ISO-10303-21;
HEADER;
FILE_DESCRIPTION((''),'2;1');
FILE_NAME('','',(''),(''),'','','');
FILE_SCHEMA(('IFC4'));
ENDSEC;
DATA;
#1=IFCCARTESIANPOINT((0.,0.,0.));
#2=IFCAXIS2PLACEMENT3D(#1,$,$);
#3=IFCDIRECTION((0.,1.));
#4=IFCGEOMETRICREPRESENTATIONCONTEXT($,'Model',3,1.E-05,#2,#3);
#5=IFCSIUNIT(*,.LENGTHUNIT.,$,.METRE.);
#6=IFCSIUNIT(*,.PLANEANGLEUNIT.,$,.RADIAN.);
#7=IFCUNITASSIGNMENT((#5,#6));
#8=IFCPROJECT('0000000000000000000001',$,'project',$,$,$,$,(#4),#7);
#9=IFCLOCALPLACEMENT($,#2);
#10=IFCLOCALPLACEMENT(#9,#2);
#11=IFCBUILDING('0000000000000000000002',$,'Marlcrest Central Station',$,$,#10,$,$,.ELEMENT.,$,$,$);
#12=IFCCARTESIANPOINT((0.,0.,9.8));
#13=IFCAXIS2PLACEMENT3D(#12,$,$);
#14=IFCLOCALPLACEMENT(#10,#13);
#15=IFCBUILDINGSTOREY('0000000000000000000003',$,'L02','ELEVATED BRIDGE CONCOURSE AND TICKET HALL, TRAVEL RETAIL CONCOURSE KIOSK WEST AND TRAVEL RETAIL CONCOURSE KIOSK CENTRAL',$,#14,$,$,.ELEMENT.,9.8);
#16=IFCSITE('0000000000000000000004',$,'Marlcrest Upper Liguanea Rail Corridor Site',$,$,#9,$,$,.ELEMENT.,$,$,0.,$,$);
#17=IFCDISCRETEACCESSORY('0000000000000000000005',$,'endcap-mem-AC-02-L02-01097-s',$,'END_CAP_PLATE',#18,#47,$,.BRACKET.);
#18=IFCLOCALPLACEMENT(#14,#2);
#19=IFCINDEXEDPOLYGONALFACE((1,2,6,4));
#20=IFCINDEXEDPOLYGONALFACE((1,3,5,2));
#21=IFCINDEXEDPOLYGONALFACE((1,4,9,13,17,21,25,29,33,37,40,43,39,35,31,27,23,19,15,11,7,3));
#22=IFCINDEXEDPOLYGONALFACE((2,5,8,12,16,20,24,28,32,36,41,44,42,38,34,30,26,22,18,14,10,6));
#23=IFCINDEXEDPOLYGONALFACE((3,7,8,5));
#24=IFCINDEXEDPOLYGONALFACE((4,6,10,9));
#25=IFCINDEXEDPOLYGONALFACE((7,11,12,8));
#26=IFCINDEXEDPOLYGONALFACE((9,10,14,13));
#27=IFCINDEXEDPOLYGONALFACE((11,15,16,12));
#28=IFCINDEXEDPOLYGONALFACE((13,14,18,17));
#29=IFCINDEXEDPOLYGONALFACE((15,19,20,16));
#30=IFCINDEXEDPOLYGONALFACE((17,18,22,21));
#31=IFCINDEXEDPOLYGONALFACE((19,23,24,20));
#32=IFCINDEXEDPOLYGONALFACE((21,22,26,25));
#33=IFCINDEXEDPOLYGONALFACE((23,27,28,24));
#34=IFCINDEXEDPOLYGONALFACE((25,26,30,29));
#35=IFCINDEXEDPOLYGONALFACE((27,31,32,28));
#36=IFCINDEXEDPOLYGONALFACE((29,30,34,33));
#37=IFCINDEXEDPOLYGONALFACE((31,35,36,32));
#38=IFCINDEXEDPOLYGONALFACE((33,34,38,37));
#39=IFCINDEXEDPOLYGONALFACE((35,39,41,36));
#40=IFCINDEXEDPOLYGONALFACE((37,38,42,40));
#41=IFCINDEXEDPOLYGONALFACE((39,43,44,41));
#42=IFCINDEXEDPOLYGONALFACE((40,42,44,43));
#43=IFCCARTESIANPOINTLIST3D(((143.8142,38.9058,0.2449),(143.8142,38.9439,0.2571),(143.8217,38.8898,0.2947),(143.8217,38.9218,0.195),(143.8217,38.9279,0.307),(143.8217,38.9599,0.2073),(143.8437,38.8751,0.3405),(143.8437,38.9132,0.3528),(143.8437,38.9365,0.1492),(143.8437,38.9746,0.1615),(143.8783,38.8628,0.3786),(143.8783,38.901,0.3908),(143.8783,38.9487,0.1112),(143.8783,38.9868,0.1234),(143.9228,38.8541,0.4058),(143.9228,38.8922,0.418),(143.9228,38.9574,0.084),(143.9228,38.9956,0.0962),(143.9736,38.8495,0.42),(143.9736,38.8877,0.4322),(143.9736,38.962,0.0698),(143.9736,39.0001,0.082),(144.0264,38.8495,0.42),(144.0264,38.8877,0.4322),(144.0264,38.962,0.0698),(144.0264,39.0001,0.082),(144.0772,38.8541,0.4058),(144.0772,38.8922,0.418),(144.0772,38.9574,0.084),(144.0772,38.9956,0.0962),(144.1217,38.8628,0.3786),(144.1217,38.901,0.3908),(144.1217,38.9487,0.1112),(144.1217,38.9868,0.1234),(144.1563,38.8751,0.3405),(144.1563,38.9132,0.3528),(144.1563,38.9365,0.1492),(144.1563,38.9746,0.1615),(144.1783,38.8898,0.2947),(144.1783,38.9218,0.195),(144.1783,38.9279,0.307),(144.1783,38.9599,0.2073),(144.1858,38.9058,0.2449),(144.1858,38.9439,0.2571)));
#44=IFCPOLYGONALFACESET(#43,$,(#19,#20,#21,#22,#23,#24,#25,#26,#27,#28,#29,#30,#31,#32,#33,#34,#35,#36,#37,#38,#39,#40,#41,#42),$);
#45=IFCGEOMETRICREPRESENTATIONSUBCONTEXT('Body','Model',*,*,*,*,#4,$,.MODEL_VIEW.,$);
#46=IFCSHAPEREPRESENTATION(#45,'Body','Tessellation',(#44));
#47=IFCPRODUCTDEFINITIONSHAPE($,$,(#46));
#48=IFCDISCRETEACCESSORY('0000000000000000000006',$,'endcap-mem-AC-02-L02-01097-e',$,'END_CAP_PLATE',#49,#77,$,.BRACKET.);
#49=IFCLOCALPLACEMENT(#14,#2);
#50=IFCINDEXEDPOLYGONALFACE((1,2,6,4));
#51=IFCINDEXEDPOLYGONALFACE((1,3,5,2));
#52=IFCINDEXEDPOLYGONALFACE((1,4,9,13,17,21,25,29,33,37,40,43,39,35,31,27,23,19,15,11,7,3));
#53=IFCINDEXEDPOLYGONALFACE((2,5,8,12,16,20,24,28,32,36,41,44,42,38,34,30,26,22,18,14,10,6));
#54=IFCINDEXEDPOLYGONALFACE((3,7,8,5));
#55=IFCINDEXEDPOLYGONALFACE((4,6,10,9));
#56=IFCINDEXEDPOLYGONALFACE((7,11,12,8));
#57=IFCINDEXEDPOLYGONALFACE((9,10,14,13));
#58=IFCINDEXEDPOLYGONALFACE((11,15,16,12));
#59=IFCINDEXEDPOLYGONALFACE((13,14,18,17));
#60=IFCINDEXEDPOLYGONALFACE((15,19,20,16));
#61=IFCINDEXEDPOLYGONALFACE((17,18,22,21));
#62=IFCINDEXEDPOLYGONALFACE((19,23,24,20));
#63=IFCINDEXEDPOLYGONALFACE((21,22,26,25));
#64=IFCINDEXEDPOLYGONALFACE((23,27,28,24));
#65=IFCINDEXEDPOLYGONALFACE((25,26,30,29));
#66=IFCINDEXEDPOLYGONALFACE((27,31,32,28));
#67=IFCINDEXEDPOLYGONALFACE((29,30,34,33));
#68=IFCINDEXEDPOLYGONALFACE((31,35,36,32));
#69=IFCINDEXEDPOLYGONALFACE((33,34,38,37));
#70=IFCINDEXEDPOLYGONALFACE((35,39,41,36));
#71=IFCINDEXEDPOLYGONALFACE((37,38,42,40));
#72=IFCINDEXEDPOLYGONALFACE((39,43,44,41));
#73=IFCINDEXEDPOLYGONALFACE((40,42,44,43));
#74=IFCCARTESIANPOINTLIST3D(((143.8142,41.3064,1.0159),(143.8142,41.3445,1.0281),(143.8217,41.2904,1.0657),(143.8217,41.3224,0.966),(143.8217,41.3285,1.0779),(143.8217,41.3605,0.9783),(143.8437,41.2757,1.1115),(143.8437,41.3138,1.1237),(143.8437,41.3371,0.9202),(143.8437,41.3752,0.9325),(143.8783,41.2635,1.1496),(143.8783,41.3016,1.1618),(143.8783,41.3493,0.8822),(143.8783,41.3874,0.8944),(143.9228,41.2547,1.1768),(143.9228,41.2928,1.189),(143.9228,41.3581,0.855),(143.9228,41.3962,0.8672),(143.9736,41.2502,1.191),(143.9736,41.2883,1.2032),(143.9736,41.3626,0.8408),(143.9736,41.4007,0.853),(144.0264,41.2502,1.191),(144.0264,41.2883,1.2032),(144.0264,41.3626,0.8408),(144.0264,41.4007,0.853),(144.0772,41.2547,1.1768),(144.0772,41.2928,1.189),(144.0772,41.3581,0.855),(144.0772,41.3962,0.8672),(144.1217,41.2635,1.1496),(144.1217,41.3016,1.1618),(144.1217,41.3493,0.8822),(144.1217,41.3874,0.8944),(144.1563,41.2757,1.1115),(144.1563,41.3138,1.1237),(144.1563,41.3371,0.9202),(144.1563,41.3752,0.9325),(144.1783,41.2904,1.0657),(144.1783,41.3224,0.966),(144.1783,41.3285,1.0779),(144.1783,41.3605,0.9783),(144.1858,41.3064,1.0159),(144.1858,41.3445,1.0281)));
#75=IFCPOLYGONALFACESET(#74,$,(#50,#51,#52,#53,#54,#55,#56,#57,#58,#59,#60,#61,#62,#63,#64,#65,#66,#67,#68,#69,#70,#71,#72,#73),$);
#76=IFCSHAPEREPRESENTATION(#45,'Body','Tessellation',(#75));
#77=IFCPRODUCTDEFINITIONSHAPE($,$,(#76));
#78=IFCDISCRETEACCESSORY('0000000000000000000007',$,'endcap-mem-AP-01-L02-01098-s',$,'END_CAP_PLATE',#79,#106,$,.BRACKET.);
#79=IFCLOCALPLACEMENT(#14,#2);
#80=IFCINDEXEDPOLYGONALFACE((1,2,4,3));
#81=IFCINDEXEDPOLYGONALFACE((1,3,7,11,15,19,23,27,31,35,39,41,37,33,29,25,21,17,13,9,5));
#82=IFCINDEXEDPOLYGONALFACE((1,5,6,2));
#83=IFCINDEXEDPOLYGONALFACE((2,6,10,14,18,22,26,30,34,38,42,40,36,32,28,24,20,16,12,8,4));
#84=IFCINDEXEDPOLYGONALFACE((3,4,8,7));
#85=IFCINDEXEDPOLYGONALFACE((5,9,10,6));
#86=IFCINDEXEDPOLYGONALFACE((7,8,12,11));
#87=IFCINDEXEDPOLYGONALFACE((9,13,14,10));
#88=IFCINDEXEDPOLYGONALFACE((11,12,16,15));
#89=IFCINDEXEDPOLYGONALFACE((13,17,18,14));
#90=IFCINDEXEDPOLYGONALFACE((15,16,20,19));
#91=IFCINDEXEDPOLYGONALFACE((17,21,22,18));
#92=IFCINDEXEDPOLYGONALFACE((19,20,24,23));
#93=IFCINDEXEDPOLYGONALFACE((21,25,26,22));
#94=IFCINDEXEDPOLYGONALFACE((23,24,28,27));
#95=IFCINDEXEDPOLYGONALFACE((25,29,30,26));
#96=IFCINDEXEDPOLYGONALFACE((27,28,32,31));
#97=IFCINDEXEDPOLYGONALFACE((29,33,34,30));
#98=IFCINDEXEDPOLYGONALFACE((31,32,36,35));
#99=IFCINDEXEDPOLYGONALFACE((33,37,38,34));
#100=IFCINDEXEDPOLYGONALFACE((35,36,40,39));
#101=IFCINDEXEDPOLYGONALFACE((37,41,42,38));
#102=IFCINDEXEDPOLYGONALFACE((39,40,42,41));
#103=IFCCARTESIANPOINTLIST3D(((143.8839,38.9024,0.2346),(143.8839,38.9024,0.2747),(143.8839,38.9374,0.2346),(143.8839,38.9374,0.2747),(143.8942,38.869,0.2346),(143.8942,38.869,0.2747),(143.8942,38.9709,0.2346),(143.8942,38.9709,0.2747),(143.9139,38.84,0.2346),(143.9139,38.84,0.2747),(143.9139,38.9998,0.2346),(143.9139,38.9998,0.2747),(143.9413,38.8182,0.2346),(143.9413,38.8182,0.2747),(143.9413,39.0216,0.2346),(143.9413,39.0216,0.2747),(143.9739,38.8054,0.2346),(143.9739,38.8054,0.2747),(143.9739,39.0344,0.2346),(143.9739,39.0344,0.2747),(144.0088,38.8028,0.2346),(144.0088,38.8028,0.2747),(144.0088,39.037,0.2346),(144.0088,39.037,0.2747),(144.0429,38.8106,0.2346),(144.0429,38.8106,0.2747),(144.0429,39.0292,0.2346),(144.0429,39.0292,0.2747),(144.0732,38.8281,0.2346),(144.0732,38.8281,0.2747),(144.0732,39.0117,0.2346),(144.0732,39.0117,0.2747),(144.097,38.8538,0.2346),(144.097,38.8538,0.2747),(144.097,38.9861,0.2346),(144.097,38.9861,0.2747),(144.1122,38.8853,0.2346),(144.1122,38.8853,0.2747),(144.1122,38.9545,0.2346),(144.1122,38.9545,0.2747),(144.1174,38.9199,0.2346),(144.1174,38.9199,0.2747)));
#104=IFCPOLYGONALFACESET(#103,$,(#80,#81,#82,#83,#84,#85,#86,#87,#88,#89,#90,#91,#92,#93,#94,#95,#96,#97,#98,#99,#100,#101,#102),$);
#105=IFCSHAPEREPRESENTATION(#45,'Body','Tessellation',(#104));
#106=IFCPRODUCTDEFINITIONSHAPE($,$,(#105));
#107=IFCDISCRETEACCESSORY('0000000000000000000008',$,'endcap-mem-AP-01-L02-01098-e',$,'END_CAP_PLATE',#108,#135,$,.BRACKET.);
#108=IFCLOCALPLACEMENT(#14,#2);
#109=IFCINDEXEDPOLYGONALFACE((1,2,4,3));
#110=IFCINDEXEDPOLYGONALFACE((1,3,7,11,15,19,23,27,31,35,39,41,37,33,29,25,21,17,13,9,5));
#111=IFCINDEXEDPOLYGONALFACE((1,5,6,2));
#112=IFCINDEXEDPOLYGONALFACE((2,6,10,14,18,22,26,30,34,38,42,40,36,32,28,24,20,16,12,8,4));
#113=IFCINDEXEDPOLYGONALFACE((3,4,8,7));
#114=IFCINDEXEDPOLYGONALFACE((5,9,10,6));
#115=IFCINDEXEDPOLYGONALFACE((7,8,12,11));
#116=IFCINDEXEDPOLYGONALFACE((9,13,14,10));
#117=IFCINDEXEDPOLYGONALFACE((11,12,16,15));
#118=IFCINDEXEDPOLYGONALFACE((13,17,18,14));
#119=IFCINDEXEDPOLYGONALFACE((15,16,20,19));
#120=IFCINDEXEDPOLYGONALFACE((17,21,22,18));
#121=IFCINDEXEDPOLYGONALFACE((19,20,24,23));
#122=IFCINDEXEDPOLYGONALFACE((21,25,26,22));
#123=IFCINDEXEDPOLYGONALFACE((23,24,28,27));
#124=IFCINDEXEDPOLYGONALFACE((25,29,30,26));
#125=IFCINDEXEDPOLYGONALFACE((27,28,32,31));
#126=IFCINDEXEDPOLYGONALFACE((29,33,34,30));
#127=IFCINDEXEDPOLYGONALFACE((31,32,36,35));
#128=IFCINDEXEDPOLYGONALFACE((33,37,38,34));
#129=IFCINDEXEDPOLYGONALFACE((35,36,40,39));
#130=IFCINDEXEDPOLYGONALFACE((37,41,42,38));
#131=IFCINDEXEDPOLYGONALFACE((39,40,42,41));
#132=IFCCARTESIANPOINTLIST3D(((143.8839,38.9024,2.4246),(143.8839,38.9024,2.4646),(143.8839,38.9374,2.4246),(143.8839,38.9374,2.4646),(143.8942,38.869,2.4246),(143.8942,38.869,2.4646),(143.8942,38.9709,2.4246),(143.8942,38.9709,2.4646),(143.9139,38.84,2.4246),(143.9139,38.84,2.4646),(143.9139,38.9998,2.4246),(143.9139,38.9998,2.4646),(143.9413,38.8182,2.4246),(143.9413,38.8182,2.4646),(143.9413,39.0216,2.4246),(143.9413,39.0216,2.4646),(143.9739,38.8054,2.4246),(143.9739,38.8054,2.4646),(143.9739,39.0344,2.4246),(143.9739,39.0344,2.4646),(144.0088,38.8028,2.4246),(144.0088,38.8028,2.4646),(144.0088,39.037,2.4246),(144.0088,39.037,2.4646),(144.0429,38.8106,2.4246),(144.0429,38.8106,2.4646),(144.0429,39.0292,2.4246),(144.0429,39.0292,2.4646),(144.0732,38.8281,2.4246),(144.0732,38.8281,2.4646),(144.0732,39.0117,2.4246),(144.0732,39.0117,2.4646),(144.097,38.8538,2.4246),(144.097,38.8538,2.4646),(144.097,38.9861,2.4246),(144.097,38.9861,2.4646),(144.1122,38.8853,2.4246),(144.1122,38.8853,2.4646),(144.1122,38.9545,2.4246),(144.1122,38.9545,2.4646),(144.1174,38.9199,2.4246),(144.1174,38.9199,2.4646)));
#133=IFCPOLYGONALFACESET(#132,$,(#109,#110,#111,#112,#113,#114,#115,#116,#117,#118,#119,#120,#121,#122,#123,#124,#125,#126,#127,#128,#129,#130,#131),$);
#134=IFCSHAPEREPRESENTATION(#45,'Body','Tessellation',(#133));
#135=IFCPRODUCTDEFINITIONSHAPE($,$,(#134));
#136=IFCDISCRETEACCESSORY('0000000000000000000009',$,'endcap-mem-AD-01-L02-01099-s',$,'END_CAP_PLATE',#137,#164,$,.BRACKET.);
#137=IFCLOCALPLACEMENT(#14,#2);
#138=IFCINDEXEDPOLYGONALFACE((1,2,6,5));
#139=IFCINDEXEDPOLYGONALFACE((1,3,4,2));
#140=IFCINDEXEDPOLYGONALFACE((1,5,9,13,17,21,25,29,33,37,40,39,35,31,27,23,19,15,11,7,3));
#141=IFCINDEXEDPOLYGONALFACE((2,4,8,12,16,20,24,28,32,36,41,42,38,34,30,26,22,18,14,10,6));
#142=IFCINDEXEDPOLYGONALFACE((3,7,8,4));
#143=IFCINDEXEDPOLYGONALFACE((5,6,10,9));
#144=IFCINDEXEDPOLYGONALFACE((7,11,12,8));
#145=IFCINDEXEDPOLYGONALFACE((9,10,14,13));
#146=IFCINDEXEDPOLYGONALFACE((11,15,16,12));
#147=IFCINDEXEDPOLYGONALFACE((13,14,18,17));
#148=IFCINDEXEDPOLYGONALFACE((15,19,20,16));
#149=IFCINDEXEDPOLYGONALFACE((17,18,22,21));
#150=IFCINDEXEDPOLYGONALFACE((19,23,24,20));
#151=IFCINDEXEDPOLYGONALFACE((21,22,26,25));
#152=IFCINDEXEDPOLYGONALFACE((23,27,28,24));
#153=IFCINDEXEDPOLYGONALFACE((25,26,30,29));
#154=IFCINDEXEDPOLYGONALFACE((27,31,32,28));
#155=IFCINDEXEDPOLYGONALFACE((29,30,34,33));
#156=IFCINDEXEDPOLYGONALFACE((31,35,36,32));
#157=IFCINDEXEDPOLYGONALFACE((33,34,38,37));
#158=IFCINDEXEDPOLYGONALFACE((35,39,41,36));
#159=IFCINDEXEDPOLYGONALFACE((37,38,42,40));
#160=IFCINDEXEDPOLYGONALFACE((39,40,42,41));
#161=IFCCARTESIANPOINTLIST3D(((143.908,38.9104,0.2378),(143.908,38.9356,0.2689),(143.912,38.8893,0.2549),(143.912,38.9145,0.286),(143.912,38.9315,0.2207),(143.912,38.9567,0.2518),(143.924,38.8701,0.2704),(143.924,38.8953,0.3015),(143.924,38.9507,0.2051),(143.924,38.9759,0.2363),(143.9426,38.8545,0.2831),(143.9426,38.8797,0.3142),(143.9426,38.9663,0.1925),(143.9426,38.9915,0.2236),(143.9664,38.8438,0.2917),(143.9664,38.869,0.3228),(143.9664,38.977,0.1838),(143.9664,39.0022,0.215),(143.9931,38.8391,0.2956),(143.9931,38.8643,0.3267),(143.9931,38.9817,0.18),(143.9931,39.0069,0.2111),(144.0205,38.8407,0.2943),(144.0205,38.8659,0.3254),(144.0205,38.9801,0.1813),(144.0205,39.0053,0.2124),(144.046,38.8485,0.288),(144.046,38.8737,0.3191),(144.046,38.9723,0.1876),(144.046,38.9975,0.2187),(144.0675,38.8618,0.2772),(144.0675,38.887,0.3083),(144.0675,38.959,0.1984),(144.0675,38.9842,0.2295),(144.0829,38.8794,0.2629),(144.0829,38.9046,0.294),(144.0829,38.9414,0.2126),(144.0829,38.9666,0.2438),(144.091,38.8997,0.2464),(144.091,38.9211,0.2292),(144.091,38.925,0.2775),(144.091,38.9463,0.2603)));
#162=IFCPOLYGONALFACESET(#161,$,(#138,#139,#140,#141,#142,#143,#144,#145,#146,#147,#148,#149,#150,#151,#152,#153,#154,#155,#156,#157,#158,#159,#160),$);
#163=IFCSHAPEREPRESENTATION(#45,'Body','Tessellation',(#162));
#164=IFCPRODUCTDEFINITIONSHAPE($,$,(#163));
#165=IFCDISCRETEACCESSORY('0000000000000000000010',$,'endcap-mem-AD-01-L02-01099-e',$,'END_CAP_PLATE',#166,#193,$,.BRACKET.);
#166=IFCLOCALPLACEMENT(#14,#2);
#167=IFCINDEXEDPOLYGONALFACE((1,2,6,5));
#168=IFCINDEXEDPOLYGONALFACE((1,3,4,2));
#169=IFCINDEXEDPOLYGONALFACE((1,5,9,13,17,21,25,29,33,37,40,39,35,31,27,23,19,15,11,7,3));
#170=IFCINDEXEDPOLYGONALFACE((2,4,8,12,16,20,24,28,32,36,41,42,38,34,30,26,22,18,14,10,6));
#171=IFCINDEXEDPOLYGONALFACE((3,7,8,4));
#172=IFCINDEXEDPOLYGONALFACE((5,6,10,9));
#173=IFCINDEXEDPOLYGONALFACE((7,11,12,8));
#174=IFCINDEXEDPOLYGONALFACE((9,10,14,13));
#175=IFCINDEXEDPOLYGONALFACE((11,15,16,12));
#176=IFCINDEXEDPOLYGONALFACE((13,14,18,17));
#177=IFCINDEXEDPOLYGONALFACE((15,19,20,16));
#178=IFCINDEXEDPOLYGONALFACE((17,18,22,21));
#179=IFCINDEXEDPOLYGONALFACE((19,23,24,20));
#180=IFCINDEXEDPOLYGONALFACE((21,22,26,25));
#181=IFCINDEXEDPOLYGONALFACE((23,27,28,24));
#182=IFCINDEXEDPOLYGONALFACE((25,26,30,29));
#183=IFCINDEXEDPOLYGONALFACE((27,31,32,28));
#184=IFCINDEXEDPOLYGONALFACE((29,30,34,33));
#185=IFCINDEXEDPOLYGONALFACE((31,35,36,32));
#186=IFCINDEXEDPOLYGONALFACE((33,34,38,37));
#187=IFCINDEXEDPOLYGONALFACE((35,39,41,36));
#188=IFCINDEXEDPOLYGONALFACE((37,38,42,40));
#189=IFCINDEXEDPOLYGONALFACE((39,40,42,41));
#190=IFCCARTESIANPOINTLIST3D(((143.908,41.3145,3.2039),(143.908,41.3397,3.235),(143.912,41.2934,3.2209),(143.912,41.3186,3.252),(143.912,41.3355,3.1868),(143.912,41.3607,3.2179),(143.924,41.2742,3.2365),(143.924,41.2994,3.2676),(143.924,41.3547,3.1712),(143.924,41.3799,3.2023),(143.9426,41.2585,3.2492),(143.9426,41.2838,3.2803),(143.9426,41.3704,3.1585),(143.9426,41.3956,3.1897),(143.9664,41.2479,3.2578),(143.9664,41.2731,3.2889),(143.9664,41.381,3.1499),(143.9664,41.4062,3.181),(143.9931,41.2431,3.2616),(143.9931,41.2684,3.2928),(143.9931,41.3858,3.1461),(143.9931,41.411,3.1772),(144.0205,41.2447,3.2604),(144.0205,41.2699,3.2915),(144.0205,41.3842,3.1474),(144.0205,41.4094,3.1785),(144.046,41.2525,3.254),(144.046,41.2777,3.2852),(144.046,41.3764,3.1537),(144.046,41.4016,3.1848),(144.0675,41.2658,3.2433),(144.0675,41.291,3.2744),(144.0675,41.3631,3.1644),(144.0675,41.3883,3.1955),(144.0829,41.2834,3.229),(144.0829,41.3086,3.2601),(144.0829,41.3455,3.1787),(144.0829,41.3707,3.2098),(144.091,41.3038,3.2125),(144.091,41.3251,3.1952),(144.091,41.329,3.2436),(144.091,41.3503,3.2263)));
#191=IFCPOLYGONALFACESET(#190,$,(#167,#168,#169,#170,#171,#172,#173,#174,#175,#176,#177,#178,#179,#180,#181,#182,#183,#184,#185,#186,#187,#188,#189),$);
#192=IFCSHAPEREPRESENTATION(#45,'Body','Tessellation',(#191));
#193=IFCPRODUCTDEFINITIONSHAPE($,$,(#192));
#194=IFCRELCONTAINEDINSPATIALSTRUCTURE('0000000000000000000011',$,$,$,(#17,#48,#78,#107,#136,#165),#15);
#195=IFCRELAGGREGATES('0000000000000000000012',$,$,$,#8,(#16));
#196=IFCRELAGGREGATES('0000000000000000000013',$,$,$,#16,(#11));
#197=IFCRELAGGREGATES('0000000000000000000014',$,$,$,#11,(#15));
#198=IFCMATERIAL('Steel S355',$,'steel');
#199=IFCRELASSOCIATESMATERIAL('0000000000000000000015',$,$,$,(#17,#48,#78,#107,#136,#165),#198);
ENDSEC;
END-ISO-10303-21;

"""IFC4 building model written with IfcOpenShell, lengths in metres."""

from ifc_helpers import new_model, si_unit, direction, frame, origin, origin_2d, place, context, subcontext, project, spatial, circle, extrude, material, element, save


model = new_model("IFC4")

# Units and contexts
model_context = context("Model", 3, precision=1e-05, world=origin(), true_north=direction((0.0, 1.0)))
body_context = subcontext(model_context, "Body", "Model", "MODEL_VIEW")
ifc_project = project(units=[si_unit("LENGTHUNIT", "METRE"), si_unit("PLANEANGLEUNIT", "RADIAN")], contexts=[model_context])

# Site, building, storey
site_placement = place(None, origin())
site = spatial("IfcSite", under=ifc_project, at=site_placement, Name="Marlcrest Upper Liguanea Rail Corridor Site", CompositionType="ELEMENT", RefElevation=0.0)
building_placement = place(site_placement, origin())
building = spatial("IfcBuilding", under=site, at=building_placement, Name="Marlcrest Central Station", CompositionType="ELEMENT")
storey_placement = place(building_placement, frame((0.0, 0.0, 9.8)))
storey = spatial("IfcBuildingStorey", under=building, at=storey_placement, Name="L02", Description="ELEVATED BRIDGE CONCOURSE AND TICKET HALL, TRAVEL RETAIL CONCOURSE KIOSK WEST AND TRAVEL RETAIL CONCOURSE KIOSK CENTRAL", CompositionType="ELEMENT", Elevation=9.8)

# Shared definitions
ifc_material_1 = material(Name="Steel S355", Category="steel")

# Discrete accessories
for number, where, z_axis, x_axis, name in (
    (1, (144.0, 38.9058, 0.2449), (0.0, 0.952117, 0.305734), (-1.0, 0.0, 0.0), "endcap-mem-AC-02-L02-01097-s"),
    (2, (144.0, 41.3064, 1.0159), (0.0, 0.952117, 0.305734), (-1.0, 0.0, 0.0), "endcap-mem-AC-02-L02-01097-e"),
):
    element("IfcDiscreteAccessory", number, at=place(storey_placement, frame(where, z_axis=z_axis, x_axis=x_axis)), inside=storey, material=ifc_material_1, Name=name, ObjectType="END_CAP_PLATE", PredefinedType="BRACKET", context=body_context, shape_type="SweptSolid", body=[
        extrude(circle(Radius=0.1858, at=origin_2d()), origin(), (0.0, 0.0, 1.0), 0.04),
    ])
for number, where, z_axis, x_axis, name in (
    (3, (144.0, 38.9199, 0.2346), (0.0, 0.0, 1.0), (1.0, 0.0, 0.0), "endcap-mem-AP-01-L02-01098-s"),
    (4, (144.0, 38.9199, 2.4246), (0.0, 0.0, 1.0), (1.0, 0.0, 0.0), "endcap-mem-AP-01-L02-01098-e"),
):
    element("IfcDiscreteAccessory", number, at=place(storey_placement, frame(where, z_axis=z_axis, x_axis=x_axis)), inside=storey, material=ifc_material_1, Name=name, ObjectType="END_CAP_PLATE", PredefinedType="BRACKET", context=body_context, shape_type="SweptSolid", body=[
        extrude(circle(Radius=0.1174, at=origin_2d()), origin(), (0.0, 0.0, 1.0), 0.04),
    ])
for number, where, z_axis, x_axis, name in (
    (5, (144.0, 38.9104, 0.2378), (0.0, 0.629629, 0.776896), (-1.0, 0.0, 0.0), "endcap-mem-AD-01-L02-01099-s"),
    (6, (144.0, 41.3145, 3.2039), (0.0, 0.629629, 0.776896), (-1.0, 0.0, 0.0), "endcap-mem-AD-01-L02-01099-e"),
):
    element("IfcDiscreteAccessory", number, at=place(storey_placement, frame(where, z_axis=z_axis, x_axis=x_axis)), inside=storey, material=ifc_material_1, Name=name, ObjectType="END_CAP_PLATE", PredefinedType="BRACKET", context=body_context, shape_type="SweptSolid", body=[
        extrude(circle(Radius=0.092, at=origin_2d()), origin(), (0.0, 0.0, 1.0), 0.04),
    ])

save(model, "model.ifc")
